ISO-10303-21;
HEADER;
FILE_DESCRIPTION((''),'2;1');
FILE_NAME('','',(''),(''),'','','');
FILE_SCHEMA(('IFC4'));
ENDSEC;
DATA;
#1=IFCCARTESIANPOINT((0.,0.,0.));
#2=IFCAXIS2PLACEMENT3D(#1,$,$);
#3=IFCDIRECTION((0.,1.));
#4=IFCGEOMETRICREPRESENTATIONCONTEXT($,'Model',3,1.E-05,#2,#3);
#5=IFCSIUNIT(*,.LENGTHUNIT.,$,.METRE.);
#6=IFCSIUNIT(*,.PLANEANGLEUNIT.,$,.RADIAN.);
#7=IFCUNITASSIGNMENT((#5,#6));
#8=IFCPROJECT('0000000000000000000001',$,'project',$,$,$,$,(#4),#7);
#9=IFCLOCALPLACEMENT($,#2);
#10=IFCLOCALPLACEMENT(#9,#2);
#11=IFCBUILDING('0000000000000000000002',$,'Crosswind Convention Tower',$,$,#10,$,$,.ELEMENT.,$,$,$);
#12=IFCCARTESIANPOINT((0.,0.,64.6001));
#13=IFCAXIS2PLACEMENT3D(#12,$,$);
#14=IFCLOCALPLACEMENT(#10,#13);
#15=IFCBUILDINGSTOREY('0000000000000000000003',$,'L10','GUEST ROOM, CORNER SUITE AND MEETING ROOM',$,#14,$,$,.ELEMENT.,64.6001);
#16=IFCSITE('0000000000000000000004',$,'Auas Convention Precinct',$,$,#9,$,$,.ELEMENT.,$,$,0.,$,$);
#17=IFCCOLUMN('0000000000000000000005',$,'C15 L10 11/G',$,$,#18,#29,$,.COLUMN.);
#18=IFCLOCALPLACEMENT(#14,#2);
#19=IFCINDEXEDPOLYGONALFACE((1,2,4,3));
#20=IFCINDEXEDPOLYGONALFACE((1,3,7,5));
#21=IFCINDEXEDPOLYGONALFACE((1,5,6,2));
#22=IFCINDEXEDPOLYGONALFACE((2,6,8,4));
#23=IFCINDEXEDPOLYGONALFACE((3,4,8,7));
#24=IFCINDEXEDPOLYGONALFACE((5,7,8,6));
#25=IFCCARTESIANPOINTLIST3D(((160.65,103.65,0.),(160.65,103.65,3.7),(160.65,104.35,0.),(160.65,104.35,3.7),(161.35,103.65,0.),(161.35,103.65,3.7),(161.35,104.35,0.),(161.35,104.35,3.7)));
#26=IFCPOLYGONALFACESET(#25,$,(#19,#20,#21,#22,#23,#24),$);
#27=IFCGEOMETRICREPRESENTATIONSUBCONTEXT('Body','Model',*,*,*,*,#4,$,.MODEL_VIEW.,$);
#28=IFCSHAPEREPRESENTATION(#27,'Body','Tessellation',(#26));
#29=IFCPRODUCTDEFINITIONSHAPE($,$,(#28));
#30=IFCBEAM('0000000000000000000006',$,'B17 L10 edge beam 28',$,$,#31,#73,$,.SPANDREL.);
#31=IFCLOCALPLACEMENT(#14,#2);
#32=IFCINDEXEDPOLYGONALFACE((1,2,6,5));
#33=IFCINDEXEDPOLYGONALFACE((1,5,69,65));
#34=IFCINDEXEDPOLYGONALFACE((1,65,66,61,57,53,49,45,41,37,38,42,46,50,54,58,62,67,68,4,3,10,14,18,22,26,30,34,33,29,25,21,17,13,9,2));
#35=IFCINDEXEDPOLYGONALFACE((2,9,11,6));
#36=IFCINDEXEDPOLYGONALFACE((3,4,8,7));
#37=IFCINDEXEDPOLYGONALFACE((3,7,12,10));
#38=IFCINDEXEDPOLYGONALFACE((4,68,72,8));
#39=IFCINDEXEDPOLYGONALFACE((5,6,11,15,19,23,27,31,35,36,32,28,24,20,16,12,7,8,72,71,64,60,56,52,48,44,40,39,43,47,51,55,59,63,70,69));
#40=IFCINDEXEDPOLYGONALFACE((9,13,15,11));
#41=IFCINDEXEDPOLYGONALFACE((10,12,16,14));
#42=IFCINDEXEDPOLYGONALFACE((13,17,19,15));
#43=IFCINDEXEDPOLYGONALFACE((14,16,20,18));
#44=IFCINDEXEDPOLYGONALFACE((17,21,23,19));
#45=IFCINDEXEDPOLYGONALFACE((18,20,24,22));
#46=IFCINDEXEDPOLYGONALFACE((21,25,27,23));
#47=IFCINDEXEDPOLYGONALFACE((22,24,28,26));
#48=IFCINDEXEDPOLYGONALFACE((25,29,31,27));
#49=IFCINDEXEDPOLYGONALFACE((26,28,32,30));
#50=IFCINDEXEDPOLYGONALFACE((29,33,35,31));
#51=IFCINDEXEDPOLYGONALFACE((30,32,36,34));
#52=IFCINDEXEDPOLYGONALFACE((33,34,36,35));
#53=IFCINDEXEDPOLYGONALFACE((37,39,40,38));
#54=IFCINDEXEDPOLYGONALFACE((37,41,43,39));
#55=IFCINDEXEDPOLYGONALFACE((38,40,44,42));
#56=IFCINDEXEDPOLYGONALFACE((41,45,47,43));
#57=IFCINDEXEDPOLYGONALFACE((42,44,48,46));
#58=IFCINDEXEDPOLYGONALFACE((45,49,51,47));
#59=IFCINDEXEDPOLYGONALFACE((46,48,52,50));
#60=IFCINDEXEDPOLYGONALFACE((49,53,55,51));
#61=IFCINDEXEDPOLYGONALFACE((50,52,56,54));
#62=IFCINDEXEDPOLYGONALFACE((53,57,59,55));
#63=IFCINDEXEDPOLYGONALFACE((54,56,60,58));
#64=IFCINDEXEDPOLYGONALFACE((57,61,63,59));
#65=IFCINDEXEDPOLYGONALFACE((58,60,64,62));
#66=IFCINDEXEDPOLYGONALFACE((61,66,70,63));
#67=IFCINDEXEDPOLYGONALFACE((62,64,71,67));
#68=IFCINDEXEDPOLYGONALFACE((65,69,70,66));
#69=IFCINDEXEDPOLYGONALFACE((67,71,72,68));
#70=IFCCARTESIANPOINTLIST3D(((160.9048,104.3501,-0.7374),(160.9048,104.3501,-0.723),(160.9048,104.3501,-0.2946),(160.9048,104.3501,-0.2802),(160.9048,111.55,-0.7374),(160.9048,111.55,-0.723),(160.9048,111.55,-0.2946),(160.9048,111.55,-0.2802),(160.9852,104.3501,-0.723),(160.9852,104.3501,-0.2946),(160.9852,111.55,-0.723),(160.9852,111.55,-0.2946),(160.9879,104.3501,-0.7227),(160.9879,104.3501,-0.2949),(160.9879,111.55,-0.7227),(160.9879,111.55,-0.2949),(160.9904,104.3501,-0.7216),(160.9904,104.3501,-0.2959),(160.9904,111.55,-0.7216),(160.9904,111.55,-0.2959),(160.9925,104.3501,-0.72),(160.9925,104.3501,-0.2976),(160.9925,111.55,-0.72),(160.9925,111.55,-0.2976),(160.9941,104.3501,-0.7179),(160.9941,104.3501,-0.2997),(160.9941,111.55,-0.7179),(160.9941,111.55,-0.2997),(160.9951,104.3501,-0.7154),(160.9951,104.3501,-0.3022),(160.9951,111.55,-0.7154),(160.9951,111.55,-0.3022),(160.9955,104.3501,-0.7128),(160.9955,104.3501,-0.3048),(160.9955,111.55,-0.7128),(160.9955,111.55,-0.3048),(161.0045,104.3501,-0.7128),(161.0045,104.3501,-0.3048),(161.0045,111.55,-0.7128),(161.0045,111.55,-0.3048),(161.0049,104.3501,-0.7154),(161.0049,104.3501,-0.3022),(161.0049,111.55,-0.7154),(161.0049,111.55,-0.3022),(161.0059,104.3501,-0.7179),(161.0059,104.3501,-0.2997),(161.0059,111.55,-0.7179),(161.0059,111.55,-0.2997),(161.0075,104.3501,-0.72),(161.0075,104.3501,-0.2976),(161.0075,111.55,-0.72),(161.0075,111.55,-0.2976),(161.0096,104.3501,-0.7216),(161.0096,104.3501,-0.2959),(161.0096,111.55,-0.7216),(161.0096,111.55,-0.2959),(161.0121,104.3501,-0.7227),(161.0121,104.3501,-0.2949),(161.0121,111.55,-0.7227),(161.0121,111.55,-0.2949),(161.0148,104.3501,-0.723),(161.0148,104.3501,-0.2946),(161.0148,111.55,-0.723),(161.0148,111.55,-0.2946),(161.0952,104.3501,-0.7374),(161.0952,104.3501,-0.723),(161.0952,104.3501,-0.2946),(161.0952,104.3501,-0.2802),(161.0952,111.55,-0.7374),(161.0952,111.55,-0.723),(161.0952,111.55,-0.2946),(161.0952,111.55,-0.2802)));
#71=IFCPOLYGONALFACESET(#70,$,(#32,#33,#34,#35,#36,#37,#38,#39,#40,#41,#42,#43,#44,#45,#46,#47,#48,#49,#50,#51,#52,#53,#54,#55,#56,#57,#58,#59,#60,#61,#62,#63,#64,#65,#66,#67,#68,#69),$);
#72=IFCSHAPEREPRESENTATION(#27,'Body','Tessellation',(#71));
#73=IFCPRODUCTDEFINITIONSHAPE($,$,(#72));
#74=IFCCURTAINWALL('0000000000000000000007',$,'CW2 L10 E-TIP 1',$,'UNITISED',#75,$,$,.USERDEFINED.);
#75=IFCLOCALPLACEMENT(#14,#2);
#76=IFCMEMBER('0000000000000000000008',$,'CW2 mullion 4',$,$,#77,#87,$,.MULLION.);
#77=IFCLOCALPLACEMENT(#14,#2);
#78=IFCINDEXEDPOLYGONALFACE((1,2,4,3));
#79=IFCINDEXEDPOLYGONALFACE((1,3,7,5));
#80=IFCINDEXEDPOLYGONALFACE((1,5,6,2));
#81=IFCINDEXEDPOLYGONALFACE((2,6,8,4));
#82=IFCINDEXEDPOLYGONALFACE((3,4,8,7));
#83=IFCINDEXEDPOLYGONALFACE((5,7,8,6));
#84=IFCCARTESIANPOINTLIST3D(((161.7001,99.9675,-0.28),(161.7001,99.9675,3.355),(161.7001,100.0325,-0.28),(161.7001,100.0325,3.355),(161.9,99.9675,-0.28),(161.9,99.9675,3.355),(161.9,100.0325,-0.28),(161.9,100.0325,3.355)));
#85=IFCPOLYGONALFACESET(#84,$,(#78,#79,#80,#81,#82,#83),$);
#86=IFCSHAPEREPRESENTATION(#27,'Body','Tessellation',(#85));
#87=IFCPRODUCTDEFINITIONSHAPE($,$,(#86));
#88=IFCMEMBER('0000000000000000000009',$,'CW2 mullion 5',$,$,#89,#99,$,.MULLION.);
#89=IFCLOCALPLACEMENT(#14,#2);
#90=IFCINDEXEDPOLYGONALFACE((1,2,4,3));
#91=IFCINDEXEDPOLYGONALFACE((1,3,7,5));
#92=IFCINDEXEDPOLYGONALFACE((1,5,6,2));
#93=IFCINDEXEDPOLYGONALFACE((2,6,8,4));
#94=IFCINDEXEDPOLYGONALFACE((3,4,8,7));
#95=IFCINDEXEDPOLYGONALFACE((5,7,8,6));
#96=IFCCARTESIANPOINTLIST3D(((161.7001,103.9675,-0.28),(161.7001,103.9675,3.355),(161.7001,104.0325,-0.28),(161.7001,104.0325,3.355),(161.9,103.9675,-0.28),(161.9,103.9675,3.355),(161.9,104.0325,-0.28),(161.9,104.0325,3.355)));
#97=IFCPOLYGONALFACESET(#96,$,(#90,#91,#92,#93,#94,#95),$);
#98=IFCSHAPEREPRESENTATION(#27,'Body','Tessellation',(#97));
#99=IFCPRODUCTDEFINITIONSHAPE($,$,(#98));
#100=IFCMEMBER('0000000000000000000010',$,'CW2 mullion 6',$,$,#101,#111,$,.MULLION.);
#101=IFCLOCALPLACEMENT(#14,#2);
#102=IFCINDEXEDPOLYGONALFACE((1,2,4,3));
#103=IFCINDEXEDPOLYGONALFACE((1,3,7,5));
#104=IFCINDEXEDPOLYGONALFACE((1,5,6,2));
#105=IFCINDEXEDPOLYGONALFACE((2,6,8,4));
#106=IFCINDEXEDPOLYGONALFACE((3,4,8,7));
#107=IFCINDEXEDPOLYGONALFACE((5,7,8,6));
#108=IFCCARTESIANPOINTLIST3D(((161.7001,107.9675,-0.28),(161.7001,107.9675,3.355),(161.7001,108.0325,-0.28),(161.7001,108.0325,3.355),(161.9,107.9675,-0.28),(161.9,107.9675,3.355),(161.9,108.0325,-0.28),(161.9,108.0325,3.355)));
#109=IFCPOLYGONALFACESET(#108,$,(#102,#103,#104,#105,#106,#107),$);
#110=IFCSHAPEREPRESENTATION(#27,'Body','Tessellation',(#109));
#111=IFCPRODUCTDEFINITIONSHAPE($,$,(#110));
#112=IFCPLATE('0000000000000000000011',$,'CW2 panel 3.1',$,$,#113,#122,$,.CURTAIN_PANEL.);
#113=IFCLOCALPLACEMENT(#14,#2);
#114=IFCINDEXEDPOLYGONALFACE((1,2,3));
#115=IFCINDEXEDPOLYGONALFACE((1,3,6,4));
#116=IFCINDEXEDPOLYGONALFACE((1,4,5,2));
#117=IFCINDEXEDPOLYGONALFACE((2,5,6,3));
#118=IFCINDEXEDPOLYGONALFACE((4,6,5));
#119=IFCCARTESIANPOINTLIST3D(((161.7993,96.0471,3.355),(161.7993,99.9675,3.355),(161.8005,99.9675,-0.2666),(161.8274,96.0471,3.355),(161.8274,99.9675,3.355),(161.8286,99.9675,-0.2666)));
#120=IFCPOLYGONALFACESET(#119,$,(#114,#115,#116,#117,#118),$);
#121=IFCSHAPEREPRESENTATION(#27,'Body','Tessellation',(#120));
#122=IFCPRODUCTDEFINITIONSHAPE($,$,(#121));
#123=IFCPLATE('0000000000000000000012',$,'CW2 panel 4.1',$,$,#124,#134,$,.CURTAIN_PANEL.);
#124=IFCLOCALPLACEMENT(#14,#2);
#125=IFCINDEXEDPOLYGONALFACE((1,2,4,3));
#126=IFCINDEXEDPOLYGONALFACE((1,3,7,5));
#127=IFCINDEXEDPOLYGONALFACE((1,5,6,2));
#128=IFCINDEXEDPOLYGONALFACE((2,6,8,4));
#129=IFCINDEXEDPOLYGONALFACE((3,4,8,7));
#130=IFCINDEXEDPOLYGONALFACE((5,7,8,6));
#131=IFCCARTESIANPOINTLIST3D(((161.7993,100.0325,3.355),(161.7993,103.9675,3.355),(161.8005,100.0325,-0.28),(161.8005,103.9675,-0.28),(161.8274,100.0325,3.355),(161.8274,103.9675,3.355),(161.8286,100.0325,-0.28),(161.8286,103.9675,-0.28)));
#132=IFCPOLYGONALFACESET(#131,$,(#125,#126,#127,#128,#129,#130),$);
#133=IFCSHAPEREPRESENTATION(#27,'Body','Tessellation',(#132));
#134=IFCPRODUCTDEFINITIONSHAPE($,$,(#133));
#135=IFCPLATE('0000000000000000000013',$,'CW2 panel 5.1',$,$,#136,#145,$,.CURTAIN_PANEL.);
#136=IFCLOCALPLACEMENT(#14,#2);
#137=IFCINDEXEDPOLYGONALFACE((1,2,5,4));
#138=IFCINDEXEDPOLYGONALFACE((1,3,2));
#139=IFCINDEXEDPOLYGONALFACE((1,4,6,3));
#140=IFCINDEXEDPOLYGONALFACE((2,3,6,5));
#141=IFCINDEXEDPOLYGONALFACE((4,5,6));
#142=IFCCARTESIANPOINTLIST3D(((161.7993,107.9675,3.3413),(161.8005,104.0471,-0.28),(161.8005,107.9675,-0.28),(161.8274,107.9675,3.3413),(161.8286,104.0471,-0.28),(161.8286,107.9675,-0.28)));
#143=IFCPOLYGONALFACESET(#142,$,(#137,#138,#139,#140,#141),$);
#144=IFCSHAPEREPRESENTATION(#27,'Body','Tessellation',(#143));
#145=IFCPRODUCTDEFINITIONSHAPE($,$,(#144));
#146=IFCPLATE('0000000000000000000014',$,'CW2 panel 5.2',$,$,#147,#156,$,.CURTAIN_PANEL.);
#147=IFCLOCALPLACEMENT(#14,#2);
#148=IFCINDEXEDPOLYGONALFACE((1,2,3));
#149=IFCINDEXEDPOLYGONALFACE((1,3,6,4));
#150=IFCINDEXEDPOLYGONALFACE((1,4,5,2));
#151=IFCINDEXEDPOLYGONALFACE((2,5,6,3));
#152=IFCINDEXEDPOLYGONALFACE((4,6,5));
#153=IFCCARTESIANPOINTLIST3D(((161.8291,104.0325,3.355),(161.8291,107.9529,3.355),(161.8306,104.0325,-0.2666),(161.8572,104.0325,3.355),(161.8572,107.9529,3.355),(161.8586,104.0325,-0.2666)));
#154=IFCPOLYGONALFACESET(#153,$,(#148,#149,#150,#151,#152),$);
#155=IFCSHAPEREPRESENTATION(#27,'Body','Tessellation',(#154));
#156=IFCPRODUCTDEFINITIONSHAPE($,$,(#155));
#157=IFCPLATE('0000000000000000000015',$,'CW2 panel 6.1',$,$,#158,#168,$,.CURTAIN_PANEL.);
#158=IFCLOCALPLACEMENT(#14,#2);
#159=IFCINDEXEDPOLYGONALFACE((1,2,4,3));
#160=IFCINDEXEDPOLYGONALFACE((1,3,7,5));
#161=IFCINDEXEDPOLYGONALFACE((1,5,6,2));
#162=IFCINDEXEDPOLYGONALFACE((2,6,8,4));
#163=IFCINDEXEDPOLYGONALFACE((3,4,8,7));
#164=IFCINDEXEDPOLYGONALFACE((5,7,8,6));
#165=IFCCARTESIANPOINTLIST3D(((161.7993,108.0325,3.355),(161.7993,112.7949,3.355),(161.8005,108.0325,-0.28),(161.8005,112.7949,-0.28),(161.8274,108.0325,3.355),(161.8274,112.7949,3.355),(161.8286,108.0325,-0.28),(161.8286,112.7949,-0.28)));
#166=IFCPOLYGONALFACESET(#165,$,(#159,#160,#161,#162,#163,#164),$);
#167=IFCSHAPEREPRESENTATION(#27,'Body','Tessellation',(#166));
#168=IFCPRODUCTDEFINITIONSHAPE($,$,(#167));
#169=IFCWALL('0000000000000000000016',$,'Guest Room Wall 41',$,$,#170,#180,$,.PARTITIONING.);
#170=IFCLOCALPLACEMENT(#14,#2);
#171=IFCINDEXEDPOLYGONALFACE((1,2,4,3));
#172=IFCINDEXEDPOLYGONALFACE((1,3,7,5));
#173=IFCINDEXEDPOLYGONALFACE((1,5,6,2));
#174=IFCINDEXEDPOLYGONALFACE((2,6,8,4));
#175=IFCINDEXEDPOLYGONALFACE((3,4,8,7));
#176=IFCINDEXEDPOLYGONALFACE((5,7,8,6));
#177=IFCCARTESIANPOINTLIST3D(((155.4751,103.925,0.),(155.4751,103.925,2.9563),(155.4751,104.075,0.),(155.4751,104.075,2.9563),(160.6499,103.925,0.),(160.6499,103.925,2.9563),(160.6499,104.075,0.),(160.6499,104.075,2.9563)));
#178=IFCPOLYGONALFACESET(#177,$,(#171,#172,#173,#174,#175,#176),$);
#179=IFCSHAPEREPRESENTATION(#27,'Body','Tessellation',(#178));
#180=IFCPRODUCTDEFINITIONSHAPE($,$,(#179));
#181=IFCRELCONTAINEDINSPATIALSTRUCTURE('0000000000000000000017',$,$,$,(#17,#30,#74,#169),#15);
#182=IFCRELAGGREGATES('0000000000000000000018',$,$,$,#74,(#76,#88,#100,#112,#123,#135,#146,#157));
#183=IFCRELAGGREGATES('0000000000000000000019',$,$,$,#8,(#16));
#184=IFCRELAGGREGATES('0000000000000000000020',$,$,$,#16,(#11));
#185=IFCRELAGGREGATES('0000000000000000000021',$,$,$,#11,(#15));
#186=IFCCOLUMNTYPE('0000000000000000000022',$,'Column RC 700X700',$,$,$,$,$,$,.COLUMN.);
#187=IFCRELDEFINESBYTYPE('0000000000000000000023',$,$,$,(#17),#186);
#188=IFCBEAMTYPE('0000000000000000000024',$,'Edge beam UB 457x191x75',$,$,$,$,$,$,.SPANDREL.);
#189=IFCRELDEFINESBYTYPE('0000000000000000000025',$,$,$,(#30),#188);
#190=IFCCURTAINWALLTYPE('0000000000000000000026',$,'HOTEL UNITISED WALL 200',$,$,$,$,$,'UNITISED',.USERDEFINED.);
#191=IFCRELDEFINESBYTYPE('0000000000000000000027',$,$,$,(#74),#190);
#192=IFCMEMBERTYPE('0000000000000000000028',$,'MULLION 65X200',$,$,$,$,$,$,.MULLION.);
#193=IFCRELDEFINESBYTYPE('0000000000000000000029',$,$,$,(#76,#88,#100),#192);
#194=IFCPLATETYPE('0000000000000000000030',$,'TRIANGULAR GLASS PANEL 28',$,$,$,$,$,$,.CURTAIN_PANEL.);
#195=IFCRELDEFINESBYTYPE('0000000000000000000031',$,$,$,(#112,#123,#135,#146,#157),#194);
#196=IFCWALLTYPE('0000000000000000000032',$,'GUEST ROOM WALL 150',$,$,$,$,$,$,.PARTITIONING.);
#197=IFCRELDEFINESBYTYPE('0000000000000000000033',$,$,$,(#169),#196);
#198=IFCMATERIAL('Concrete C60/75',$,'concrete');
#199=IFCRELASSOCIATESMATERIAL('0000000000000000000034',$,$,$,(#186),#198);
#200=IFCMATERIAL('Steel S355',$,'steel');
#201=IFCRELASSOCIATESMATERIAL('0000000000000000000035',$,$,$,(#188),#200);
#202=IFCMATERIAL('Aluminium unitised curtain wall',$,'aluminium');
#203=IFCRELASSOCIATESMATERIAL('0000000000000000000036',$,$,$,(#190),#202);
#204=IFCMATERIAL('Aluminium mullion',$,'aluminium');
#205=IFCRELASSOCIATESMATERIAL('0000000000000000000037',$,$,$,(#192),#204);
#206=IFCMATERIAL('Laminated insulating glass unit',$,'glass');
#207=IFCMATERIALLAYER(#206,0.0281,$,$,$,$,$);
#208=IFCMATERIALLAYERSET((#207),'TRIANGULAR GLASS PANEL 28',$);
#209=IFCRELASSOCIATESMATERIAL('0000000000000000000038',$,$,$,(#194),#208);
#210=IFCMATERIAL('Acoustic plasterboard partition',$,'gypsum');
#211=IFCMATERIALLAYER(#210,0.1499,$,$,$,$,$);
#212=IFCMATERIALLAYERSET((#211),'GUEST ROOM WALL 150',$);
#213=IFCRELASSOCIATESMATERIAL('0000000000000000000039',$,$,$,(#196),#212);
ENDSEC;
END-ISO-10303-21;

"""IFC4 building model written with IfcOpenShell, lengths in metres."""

from ifc_helpers import new_model, si_unit, direction, frame, frame_2d, origin, origin_2d, place, context, subcontext, project, spatial, polyline, rectangle, i_section, outline, extrude, material, layer, layer_set, material_profile, profile_set, type_object, element, aggregate, save


model = new_model("IFC4")

# Units and contexts
model_context = context("Model", 3, precision=1e-05, world=origin(), true_north=direction((0.0, 1.0)))
body_context = subcontext(model_context, "Body", "Model", "MODEL_VIEW")
ifc_project = project(units=[si_unit("LENGTHUNIT", "METRE"), si_unit("PLANEANGLEUNIT", "RADIAN")], contexts=[model_context])

# Site, building, storey
site_placement = place(None, origin())
site = spatial("IfcSite", under=ifc_project, at=site_placement, Name="Auas Convention Precinct", CompositionType="ELEMENT", RefElevation=0.0)
building_placement = place(site_placement, origin())
building = spatial("IfcBuilding", under=site, at=building_placement, Name="Crosswind Convention Tower", CompositionType="ELEMENT")
storey_placement = place(building_placement, frame((0.0, 0.0, 64.6001)))
storey = spatial("IfcBuildingStorey", under=building, at=storey_placement, Name="L10", Description="GUEST ROOM, CORNER SUITE AND MEETING ROOM", CompositionType="ELEMENT", Elevation=64.6001)

# Column
ifc_material_1 = material(Name="Concrete C60/75", Category="concrete")
ifc_material_profile_1 = material_profile(ifc_material_1, rectangle(XDim=0.7, YDim=0.7, at=origin_2d()), Name="RC 700X700")
ifc_profile_set_1 = profile_set([ifc_material_profile_1], Name="Concrete C60/75")
column_type = type_object("IfcColumnType", Name="Column RC 700X700", PredefinedType="COLUMN", material=ifc_profile_set_1)
column_placement = place(storey_placement, frame((161.0, 104.0, 0.0), z_axis=(0.0, 0.0, 1.0), x_axis=(1.0, 0.0, 0.0)))
element("IfcColumn", 1, at=column_placement, inside=storey, type_object=column_type, Name="C15 L10 11/G", PredefinedType="COLUMN", context=body_context, shape_type="SweptSolid", body=[
    extrude(rectangle(XDim=0.7, YDim=0.7, at=origin_2d()), origin(), (0.0, 0.0, 1.0), 3.7),
])

# Beam
ifc_material_2 = material(Name="Steel S355", Category="steel")
ifc_material_profile_2 = material_profile(ifc_material_2, i_section(OverallWidth=0.1904, OverallDepth=0.4573, WebThickness=0.009, FlangeThickness=0.0144, FilletRadius=0.0103, at=origin_2d()), Name="UB 457x191x75")
ifc_profile_set_2 = profile_set([ifc_material_profile_2], Name="Steel S355")
beam_type = type_object("IfcBeamType", Name="Edge beam UB 457x191x75", PredefinedType="SPANDREL", material=ifc_profile_set_2)
beam_placement = place(storey_placement, frame((161.0, 104.3501, -0.5088), z_axis=(0.0, 1.0, 0.0), x_axis=(-1.0, 0.0, 0.0)))
element("IfcBeam", 2, at=beam_placement, inside=storey, type_object=beam_type, Name="B17 L10 edge beam 28", PredefinedType="SPANDREL", context=body_context, shape_type="SweptSolid", body=[
    extrude(i_section(OverallWidth=0.1904, OverallDepth=0.4573, WebThickness=0.009, FlangeThickness=0.0144, FilletRadius=0.0103, at=origin_2d()), origin(), (0.0, 0.0, 1.0), 7.2),
])

# Curtain wall, members, plates
ifc_material_3 = material(Name="Aluminium unitised curtain wall", Category="aluminium")
curtain_wall_type = type_object("IfcCurtainWallType", Name="HOTEL UNITISED WALL 200", ElementType="UNITISED", PredefinedType="USERDEFINED", material=ifc_material_3)
curtain_wall_placement = place(storey_placement, origin())
curtain_wall = element("IfcCurtainWall", 3, at=curtain_wall_placement, inside=storey, type_object=curtain_wall_type, Name="CW2 L10 E-TIP 1", ObjectType="UNITISED", PredefinedType="USERDEFINED")
ifc_material_4 = material(Name="Aluminium mullion", Category="aluminium")
ifc_material_profile_3 = material_profile(ifc_material_4, rectangle(XDim=0.2, YDim=0.0649, at=origin_2d()), Name="AL 200X65")
ifc_profile_set_3 = profile_set([ifc_material_profile_3], Name="Aluminium mullion")
member_type = type_object("IfcMemberType", Name="MULLION 65X200", PredefinedType="MULLION", material=ifc_profile_set_3)
member_1_placement = place(storey_placement, frame((161.8, 100.0, -0.28), z_axis=(0.0, 0.0, 1.0), x_axis=(1.0, 0.0, 0.0)))
member_1 = element("IfcMember", 4, at=member_1_placement, type_object=member_type, Name="CW2 mullion 4", PredefinedType="MULLION", context=body_context, shape_type="SweptSolid", body=[
    extrude(rectangle(XDim=0.2, YDim=0.0649, at=origin_2d()), origin(), (0.0, 0.0, 1.0), 3.635),
])
member_2_placement = place(storey_placement, frame((161.8, 104.0, -0.28), z_axis=(0.0, 0.0, 1.0), x_axis=(1.0, 0.0, 0.0)))
member_2 = element("IfcMember", 5, at=member_2_placement, type_object=member_type, Name="CW2 mullion 5", PredefinedType="MULLION", context=body_context, shape_type="SweptSolid", body=[
    extrude(rectangle(XDim=0.2, YDim=0.0649, at=origin_2d()), origin(), (0.0, 0.0, 1.0), 3.635),
])
member_3_placement = place(storey_placement, frame((161.8, 108.0, -0.28), z_axis=(0.0, 0.0, 1.0), x_axis=(1.0, 0.0, 0.0)))
member_3 = element("IfcMember", 6, at=member_3_placement, type_object=member_type, Name="CW2 mullion 6", PredefinedType="MULLION", context=body_context, shape_type="SweptSolid", body=[
    extrude(rectangle(XDim=0.2, YDim=0.0649, at=origin_2d()), origin(), (0.0, 0.0, 1.0), 3.635),
])
ifc_material_5 = material(Name="Laminated insulating glass unit", Category="glass")
ifc_layer_1 = layer(ifc_material_5, 0.0281)
ifc_layer_set_1 = layer_set([ifc_layer_1], Name="TRIANGULAR GLASS PANEL 28")
plate_type = type_object("IfcPlateType", Name="TRIANGULAR GLASS PANEL 28", PredefinedType="CURTAIN_PANEL", material=ifc_layer_set_1)
plate_1_placement = place(storey_placement, frame((161.8274, 99.9675, 3.355), z_axis=(1.0, 0.0, 0.000337), x_axis=(0.0, -1.0, 0.0)))
plate_1 = element("IfcPlate", 7, at=plate_1_placement, type_object=plate_type, Name="CW2 panel 3.1", PredefinedType="CURTAIN_PANEL", context=body_context, shape_type="SweptSolid", body=[
    extrude(outline(polyline([(0.0, 0.0), (3.9204, 0.0), (0.0, 3.6216), (0.0, 0.0)])), origin(), (0.0, 0.0, -1.0), 0.0281),
])
plate_2_placement = place(storey_placement, frame((161.8286, 100.0325, -0.28), z_axis=(1.0, 0.0, 0.000336), x_axis=(0.0, 1.0, 0.0)))
plate_2 = element("IfcPlate", 8, at=plate_2_placement, type_object=plate_type, Name="CW2 panel 4.1", PredefinedType="CURTAIN_PANEL", context=body_context, shape_type="SweptSolid", body=[
    extrude(outline(polyline([(0.0, 0.0), (3.9351, 0.0), (3.9351, 3.635), (0.0, 3.635), (0.0, 0.0)])), origin(), (0.0, 0.0, -1.0), 0.0281),
])
plate_3_placement = place(storey_placement, frame((161.8286, 107.9675, -0.28), z_axis=(1.0, 0.0, 0.000337), x_axis=(-0.000337, 0.0, 1.0)))
plate_3 = element("IfcPlate", 9, at=plate_3_placement, type_object=plate_type, Name="CW2 panel 5.1", PredefinedType="CURTAIN_PANEL", context=body_context, shape_type="SweptSolid", body=[
    extrude(outline(polyline([(0.0, 0.0), (3.6213, 0.0), (0.0, 3.9204), (0.0, 0.0)])), origin(), (0.0, 0.0, -1.0), 0.0281),
])
plate_4_placement = place(storey_placement, frame((161.8572, 104.0325, 3.355), z_axis=(1.0, 0.0, 0.000404), x_axis=(0.000404, 0.0, -1.0)))
plate_4 = element("IfcPlate", 10, at=plate_4_placement, type_object=plate_type, Name="CW2 panel 5.2", PredefinedType="CURTAIN_PANEL", context=body_context, shape_type="SweptSolid", body=[
    extrude(outline(polyline([(0.0, 0.0), (3.6216, 0.0), (0.0, 3.9204), (0.0, 0.0)])), origin(), (0.0, 0.0, -1.0), 0.0281),
])
plate_5_placement = place(storey_placement, frame((161.8286, 108.0325, -0.28), z_axis=(1.0, 0.0, 0.000336), x_axis=(0.0, 1.0, 0.0)))
plate_5 = element("IfcPlate", 11, at=plate_5_placement, type_object=plate_type, Name="CW2 panel 6.1", PredefinedType="CURTAIN_PANEL", context=body_context, shape_type="SweptSolid", body=[
    extrude(outline(polyline([(0.0, 0.0), (4.7625, 0.0), (4.7625, 3.635), (0.0, 3.635), (0.0, 0.0)])), origin(), (0.0, 0.0, -1.0), 0.0281),
])
aggregate(curtain_wall, [member_1, member_2, member_3, plate_1, plate_2, plate_3, plate_4, plate_5])

# Wall
ifc_material_6 = material(Name="Acoustic plasterboard partition", Category="gypsum")
ifc_layer_2 = layer(ifc_material_6, 0.1499)
ifc_layer_set_2 = layer_set([ifc_layer_2], Name="GUEST ROOM WALL 150")
wall_type_1 = type_object("IfcWallType", Name="GUEST ROOM WALL 150", PredefinedType="PARTITIONING", material=ifc_layer_set_2)
wall_1_placement = place(storey_placement, frame((155.4751, 104.0, 0.0), z_axis=(0.0, 0.0, 1.0), x_axis=(1.0, 0.0, 0.0)))
element("IfcWall", 12, at=wall_1_placement, inside=storey, type_object=wall_type_1, Name="Guest Room Wall 41", PredefinedType="PARTITIONING", context=body_context, shape_type="SweptSolid", body=[
    extrude(rectangle(XDim=5.1748, YDim=0.1499, at=frame_2d((2.5874, 0.0))), origin(), (0.0, 0.0, 1.0), 2.9563),
])

save(model, "model.ifc")
